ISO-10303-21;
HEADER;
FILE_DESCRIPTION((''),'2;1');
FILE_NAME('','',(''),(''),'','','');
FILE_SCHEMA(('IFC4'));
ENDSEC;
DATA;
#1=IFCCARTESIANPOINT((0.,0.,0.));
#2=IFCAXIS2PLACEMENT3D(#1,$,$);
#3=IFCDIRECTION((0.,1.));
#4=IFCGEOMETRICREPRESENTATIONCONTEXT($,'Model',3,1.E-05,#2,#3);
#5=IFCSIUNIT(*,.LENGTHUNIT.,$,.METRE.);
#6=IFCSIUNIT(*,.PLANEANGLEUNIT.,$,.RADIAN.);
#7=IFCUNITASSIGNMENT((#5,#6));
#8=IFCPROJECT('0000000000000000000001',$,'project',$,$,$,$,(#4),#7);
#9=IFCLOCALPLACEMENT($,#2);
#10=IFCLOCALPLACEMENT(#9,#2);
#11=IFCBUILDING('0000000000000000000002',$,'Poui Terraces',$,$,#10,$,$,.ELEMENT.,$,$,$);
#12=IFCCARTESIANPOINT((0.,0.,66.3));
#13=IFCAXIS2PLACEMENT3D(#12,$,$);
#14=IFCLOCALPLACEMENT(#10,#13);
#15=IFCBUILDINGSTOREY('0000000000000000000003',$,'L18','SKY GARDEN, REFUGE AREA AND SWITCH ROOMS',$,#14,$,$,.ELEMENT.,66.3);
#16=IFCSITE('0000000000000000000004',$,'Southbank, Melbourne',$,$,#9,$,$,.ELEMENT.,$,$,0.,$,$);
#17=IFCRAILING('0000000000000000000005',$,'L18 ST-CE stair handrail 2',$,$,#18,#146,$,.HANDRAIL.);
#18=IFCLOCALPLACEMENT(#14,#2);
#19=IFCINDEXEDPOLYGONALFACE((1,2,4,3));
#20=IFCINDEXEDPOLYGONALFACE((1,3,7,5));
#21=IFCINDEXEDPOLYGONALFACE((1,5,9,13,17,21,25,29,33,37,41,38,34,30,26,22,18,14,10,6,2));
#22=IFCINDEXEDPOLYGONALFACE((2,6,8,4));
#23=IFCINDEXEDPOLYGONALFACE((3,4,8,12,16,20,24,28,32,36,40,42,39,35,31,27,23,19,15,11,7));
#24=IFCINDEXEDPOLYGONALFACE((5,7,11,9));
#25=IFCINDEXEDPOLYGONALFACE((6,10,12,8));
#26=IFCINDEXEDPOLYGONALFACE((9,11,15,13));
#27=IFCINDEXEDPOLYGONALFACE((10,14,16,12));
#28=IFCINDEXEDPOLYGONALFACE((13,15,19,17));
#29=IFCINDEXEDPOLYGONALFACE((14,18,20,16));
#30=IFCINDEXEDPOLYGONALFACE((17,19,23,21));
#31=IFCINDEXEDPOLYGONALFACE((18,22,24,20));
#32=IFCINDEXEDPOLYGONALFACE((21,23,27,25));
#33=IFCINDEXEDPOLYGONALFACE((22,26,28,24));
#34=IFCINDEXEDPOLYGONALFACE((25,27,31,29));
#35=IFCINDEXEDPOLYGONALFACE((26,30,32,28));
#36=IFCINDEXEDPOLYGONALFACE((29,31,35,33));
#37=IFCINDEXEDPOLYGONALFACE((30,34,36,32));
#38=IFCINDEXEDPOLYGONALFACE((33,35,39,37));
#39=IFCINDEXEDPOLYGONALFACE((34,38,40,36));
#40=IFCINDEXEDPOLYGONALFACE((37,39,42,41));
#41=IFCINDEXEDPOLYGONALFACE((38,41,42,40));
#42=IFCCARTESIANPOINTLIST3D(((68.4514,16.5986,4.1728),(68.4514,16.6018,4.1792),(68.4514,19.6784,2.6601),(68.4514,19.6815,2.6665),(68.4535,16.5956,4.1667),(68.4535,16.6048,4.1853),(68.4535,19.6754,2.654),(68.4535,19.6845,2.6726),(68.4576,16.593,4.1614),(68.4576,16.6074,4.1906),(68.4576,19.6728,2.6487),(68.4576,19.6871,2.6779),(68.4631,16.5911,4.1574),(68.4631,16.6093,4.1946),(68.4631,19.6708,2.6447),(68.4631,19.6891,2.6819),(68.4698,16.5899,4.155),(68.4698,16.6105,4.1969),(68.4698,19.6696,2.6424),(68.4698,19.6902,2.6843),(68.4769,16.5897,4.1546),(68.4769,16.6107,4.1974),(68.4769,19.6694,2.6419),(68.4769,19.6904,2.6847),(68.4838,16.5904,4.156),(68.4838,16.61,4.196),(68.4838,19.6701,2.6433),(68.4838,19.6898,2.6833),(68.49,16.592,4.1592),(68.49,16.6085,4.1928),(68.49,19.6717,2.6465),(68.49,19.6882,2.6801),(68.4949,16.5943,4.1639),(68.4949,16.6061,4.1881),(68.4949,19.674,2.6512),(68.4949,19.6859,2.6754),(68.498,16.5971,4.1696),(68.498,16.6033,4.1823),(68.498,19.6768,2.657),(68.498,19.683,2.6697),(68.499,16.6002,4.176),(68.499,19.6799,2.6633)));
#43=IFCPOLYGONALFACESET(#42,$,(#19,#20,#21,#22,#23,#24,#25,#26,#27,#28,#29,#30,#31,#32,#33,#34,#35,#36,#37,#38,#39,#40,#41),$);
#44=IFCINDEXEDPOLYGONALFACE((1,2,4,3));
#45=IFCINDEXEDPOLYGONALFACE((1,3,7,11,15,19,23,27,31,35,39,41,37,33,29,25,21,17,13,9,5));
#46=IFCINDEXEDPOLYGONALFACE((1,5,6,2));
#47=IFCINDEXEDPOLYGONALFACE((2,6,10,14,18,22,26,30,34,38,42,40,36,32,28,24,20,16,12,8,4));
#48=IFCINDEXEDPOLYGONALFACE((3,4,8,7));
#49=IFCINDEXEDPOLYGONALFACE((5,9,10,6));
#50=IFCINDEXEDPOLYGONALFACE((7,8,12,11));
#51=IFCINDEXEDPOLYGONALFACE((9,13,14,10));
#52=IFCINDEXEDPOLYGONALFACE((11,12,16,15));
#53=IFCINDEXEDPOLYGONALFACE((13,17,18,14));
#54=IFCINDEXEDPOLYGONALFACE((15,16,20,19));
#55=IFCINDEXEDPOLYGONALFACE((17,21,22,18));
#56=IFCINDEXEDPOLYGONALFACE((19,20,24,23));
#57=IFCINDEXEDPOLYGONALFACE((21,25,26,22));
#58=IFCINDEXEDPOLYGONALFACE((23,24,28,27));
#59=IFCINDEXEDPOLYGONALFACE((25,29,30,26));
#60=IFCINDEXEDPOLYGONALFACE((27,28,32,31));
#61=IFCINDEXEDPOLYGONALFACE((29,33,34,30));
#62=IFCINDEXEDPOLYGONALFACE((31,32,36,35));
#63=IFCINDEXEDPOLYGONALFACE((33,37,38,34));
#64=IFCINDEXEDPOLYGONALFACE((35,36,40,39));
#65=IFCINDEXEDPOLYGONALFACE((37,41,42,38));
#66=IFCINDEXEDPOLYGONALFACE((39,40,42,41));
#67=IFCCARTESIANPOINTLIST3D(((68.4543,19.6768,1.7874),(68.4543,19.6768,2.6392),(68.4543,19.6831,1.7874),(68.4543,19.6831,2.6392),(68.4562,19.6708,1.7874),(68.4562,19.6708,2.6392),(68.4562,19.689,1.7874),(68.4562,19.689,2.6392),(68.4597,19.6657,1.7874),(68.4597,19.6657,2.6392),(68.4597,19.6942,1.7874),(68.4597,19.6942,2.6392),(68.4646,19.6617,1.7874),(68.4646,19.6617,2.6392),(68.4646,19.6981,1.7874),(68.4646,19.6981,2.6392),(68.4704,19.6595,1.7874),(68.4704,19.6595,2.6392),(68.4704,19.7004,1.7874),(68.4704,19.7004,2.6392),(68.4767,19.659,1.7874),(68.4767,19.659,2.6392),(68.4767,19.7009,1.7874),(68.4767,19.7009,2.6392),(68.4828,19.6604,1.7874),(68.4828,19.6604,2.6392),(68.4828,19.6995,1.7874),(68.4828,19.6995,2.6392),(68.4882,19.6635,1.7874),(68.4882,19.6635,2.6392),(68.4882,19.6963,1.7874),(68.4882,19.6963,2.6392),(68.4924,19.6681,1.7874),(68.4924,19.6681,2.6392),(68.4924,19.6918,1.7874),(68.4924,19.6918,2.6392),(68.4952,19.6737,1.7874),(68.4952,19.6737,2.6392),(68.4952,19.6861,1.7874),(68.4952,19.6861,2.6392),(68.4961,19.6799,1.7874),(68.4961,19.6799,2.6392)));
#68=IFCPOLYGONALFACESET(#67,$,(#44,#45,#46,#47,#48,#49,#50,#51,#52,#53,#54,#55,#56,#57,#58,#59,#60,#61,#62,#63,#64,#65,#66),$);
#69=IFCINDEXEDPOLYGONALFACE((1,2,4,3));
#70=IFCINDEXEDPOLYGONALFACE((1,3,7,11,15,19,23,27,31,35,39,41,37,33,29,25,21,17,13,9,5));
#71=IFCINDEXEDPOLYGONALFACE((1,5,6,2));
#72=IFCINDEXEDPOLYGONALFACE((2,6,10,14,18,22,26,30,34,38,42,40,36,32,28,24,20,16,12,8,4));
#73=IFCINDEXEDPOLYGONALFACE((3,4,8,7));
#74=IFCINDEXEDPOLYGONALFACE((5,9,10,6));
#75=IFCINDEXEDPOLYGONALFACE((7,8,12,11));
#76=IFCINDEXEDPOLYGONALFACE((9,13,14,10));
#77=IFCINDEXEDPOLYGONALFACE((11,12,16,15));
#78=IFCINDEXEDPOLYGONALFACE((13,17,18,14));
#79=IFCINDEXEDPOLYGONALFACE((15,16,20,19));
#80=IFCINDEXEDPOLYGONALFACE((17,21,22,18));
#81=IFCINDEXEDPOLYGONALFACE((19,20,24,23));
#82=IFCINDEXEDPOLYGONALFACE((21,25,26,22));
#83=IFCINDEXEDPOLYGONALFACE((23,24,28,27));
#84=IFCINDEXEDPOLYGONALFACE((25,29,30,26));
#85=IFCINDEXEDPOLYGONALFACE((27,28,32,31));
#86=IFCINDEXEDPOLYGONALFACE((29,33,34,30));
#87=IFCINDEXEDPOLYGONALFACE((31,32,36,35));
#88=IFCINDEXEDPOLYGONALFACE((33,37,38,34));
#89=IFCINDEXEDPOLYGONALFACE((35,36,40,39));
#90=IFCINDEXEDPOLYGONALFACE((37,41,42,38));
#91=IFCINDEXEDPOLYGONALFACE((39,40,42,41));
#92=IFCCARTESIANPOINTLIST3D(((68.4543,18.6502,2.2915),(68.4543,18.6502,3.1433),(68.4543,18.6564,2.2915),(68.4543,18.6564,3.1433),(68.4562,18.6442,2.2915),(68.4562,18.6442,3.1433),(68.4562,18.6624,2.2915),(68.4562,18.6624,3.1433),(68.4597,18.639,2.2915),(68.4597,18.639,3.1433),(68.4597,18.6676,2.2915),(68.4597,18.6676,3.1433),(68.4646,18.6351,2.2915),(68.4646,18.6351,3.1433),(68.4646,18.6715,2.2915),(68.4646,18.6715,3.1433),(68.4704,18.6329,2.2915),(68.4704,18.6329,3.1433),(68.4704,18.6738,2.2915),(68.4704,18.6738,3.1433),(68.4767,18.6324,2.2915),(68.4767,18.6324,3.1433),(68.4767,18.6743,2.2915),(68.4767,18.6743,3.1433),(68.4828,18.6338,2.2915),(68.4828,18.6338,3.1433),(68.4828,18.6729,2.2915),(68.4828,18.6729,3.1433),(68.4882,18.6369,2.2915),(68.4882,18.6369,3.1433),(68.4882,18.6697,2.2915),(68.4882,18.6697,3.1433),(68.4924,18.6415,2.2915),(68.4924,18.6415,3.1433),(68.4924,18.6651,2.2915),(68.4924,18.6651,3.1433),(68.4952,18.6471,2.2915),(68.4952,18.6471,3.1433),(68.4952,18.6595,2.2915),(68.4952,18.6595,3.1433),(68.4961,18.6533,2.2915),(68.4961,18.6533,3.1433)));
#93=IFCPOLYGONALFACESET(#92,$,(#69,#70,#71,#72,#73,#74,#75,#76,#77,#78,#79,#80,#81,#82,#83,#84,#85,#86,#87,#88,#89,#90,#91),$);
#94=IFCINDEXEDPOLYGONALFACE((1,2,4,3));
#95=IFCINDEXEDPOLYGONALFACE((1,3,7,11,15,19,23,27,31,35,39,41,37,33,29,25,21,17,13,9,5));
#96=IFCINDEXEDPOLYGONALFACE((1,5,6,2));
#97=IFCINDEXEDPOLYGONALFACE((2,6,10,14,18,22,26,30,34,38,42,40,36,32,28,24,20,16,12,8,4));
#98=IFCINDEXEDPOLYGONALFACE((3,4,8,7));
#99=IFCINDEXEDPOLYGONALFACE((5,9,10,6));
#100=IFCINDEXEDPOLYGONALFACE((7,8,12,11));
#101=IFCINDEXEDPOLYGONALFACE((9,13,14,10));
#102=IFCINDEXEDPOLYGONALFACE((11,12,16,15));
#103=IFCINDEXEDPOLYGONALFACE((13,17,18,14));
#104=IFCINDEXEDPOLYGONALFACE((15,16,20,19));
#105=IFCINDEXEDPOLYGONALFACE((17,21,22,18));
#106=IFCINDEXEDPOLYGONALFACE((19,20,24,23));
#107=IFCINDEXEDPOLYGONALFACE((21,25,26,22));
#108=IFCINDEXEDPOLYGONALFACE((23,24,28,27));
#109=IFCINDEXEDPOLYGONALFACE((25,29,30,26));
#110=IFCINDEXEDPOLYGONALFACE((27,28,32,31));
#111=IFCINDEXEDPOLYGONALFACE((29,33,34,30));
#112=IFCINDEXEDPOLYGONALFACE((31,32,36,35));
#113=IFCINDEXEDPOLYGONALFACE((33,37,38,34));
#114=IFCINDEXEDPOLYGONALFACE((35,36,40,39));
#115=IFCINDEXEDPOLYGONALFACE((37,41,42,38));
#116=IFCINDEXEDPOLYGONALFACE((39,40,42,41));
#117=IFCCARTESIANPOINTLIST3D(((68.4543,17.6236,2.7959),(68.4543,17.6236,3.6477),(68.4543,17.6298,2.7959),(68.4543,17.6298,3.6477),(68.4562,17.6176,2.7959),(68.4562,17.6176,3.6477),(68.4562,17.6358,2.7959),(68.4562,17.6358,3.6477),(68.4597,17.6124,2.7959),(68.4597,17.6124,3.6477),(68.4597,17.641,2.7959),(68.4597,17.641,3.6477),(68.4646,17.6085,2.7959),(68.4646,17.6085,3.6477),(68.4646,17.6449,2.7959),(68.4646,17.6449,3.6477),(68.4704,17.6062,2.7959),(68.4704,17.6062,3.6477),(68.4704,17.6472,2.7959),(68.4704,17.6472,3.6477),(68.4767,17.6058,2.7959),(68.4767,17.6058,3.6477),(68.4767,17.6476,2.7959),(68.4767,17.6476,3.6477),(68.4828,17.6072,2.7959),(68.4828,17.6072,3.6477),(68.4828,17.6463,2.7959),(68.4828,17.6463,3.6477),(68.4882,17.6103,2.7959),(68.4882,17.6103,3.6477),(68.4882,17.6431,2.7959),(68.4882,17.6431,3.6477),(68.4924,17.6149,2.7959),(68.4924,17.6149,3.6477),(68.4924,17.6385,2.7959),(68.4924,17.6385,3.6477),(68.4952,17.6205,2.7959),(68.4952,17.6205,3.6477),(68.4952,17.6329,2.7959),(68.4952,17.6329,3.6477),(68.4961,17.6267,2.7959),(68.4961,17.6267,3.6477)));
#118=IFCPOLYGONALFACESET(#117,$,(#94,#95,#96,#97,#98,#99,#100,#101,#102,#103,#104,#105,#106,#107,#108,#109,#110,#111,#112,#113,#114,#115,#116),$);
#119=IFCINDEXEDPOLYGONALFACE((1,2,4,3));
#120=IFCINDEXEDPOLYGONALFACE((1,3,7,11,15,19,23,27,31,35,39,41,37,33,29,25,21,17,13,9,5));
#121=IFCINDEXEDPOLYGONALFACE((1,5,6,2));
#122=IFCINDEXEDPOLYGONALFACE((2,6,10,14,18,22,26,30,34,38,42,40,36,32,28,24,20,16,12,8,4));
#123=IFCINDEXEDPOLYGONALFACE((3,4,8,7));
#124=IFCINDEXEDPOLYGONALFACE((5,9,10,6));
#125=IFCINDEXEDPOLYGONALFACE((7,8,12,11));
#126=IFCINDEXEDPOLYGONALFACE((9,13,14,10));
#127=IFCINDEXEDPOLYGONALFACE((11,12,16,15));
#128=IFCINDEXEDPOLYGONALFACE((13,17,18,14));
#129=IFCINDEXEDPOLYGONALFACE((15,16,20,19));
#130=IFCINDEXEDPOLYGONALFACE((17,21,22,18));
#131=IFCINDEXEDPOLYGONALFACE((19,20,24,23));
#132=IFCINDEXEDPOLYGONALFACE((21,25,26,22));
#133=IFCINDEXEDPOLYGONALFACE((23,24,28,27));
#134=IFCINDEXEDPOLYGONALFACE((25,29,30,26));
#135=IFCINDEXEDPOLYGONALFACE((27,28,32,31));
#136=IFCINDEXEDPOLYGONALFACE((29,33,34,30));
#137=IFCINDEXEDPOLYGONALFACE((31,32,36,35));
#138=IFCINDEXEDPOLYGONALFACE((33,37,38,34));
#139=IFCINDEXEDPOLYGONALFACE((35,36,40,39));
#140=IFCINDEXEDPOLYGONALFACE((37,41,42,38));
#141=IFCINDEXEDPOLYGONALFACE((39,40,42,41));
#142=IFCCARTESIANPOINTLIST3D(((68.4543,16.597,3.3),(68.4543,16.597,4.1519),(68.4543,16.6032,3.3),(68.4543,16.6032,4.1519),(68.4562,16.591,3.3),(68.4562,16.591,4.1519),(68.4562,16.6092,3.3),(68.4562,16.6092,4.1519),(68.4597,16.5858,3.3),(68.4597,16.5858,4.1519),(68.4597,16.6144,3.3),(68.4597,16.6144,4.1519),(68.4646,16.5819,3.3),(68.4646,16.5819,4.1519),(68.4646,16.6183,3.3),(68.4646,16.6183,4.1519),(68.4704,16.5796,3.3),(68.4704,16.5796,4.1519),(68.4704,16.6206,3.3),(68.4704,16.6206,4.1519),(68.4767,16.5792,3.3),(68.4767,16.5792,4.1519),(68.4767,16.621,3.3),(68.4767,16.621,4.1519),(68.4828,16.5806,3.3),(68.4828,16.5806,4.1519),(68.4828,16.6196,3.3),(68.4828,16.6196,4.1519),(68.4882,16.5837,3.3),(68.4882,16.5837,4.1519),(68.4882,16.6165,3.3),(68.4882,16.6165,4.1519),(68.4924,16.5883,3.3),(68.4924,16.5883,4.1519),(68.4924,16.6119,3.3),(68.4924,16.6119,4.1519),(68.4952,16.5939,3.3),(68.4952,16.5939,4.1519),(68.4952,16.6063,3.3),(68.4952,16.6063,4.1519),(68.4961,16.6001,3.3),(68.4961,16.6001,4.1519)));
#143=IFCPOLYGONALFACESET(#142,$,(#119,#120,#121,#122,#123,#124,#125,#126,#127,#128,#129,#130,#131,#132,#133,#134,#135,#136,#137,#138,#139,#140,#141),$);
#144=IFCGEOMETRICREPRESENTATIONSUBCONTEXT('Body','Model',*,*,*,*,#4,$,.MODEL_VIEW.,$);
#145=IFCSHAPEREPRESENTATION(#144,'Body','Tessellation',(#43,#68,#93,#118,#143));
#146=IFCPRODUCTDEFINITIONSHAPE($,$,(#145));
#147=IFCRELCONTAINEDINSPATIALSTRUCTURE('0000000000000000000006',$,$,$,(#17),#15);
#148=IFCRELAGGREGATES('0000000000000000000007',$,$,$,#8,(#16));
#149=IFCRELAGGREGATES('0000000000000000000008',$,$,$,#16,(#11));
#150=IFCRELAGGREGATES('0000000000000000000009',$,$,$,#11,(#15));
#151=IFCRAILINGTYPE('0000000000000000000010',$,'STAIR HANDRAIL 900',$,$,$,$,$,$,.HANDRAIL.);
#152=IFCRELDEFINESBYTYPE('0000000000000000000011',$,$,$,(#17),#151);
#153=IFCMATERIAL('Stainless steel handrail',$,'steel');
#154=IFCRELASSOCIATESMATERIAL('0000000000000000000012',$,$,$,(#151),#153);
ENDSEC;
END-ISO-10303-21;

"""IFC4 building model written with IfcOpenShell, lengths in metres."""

from ifc_helpers import new_model, si_unit, direction, frame, origin, origin_2d, place, context, subcontext, project, spatial, circle, extrude, material, type_object, element, save


model = new_model("IFC4")

# Units and contexts
model_context = context("Model", 3, precision=1e-05, world=origin(), true_north=direction((0.0, 1.0)))
body_context = subcontext(model_context, "Body", "Model", "MODEL_VIEW")
ifc_project = project(units=[si_unit("LENGTHUNIT", "METRE"), si_unit("PLANEANGLEUNIT", "RADIAN")], contexts=[model_context])

# Site, building, storey
site_placement = place(None, origin())
site = spatial("IfcSite", under=ifc_project, at=site_placement, Name="Southbank, Melbourne", CompositionType="ELEMENT", RefElevation=0.0)
building_placement = place(site_placement, origin())
building = spatial("IfcBuilding", under=site, at=building_placement, Name="Poui Terraces", CompositionType="ELEMENT")
storey_placement = place(building_placement, frame((0.0, 0.0, 66.3)))
storey = spatial("IfcBuildingStorey", under=building, at=storey_placement, Name="L18", Description="SKY GARDEN, REFUGE AREA AND SWITCH ROOMS", CompositionType="ELEMENT", Elevation=66.3)

# Railing
ifc_material_1 = material(Name="Stainless steel handrail", Category="steel")
railing_type_1 = type_object("IfcRailingType", Name="STAIR HANDRAIL 900", PredefinedType="HANDRAIL", material=ifc_material_1)
railing_1_placement = place(storey_placement, frame((68.4751, 19.6799, 1.7874)))
element("IfcRailing", 1, at=railing_1_placement, inside=storey, type_object=railing_type_1, Name="L18 ST-CE stair handrail 2", PredefinedType="HANDRAIL", context=body_context, shape_type="SweptSolid", body=[
    extrude(circle(Radius=0.0239, at=origin_2d()), frame((0.0, 0.0, 0.876), z_axis=(0.0, -0.897578, 0.440856), x_axis=(1.0, 0.0, 0.0)), (0.0, 0.0, 1.0), 3.4312),
    extrude(circle(Radius=0.021, at=origin_2d()), origin(), (0.0, 0.0, 1.0), 0.8518),
    extrude(circle(Radius=0.021, at=origin_2d()), frame((0.0, -1.0266, 0.5042)), (0.0, 0.0, 1.0), 0.8518),
    extrude(circle(Radius=0.021, at=origin_2d()), frame((0.0, -2.0532, 1.0085)), (0.0, 0.0, 1.0), 0.8518),
    extrude(circle(Radius=0.021, at=origin_2d()), frame((0.0, -3.0798, 1.5127)), (0.0, 0.0, 1.0), 0.8518),
])

save(model, "model.ifc")
